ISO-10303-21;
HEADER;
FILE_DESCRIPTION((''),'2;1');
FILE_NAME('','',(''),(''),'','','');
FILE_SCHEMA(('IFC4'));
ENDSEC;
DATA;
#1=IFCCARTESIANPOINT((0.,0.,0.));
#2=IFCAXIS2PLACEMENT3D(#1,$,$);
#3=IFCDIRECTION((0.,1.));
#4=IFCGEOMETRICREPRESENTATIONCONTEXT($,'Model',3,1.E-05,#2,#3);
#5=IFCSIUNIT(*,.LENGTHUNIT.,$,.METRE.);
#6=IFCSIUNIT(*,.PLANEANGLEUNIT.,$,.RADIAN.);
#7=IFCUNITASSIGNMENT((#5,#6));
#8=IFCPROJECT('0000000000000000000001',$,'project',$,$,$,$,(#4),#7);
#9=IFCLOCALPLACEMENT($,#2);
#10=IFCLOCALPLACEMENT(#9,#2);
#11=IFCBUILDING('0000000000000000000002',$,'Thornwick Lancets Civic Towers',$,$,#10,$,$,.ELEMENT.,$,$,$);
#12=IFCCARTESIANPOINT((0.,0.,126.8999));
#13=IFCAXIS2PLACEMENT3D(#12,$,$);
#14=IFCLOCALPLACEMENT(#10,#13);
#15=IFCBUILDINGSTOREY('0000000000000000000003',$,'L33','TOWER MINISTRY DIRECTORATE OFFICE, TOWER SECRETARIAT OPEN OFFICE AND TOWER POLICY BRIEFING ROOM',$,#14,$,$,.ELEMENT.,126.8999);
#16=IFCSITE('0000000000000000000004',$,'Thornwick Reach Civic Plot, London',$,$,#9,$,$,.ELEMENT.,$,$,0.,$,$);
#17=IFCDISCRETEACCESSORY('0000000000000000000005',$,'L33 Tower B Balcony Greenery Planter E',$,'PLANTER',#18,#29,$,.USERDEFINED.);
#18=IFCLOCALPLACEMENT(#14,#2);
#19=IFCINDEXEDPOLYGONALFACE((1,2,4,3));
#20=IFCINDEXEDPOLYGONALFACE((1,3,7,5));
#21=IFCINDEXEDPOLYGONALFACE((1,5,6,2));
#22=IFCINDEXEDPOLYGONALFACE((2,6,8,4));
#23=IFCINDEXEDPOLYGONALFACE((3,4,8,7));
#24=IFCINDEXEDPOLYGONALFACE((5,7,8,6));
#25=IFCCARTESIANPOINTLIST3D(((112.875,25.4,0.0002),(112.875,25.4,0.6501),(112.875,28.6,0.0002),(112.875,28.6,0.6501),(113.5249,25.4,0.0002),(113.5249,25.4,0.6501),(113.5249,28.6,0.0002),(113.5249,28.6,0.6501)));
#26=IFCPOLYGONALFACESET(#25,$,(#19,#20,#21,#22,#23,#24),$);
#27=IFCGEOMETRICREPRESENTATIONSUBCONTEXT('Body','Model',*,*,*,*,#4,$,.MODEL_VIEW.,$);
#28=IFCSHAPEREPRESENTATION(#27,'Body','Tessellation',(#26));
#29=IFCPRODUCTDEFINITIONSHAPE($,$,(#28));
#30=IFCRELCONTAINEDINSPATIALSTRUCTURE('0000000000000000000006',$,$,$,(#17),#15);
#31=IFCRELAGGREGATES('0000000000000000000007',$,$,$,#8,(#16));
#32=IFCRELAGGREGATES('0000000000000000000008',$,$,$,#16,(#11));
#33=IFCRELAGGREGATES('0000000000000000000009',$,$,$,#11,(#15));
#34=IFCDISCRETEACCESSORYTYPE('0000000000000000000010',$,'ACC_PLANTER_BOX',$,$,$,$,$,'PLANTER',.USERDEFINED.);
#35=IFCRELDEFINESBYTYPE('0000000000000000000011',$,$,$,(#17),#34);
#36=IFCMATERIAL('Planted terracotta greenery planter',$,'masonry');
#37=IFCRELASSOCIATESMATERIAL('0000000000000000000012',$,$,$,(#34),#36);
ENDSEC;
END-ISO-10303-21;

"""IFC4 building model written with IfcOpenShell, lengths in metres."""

from ifc_helpers import new_model, si_unit, direction, frame, origin, origin_2d, place, context, subcontext, project, spatial, rectangle, extrude, material, type_object, element, save


model = new_model("IFC4")

# Units and contexts
model_context = context("Model", 3, precision=1e-05, world=origin(), true_north=direction((0.0, 1.0)))
body_context = subcontext(model_context, "Body", "Model", "MODEL_VIEW")
ifc_project = project(units=[si_unit("LENGTHUNIT", "METRE"), si_unit("PLANEANGLEUNIT", "RADIAN")], contexts=[model_context])

# Site, building, storey
site_placement = place(None, origin())
site = spatial("IfcSite", under=ifc_project, at=site_placement, Name="Thornwick Reach Civic Plot, London", CompositionType="ELEMENT", RefElevation=0.0)
building_placement = place(site_placement, origin())
building = spatial("IfcBuilding", under=site, at=building_placement, Name="Thornwick Lancets Civic Towers", CompositionType="ELEMENT")
storey_placement = place(building_placement, frame((0.0, 0.0, 126.8999)))
storey = spatial("IfcBuildingStorey", under=building, at=storey_placement, Name="L33", Description="TOWER MINISTRY DIRECTORATE OFFICE, TOWER SECRETARIAT OPEN OFFICE AND TOWER POLICY BRIEFING ROOM", CompositionType="ELEMENT", Elevation=126.8999)

# Discrete accessory
ifc_material_1 = material(Name="Planted terracotta greenery planter", Category="masonry")
discrete_accessory_type = type_object("IfcDiscreteAccessoryType", Name="ACC_PLANTER_BOX", ElementType="PLANTER", PredefinedType="USERDEFINED", material=ifc_material_1)
discrete_accessory_placement = place(storey_placement, frame((113.2, 27.0, 0.0002), z_axis=(0.0, 0.0, 1.0), x_axis=(1.0, 0.0, 0.0)))
element("IfcDiscreteAccessory", 1, at=discrete_accessory_placement, inside=storey, type_object=discrete_accessory_type, Name="L33 Tower B Balcony Greenery Planter E", ObjectType="PLANTER", PredefinedType="USERDEFINED", context=body_context, shape_type="SweptSolid", body=[
    extrude(rectangle(XDim=0.6499, YDim=3.2, at=origin_2d()), origin(), (0.0, 0.0, 1.0), 0.6499),
])

save(model, "model.ifc")
